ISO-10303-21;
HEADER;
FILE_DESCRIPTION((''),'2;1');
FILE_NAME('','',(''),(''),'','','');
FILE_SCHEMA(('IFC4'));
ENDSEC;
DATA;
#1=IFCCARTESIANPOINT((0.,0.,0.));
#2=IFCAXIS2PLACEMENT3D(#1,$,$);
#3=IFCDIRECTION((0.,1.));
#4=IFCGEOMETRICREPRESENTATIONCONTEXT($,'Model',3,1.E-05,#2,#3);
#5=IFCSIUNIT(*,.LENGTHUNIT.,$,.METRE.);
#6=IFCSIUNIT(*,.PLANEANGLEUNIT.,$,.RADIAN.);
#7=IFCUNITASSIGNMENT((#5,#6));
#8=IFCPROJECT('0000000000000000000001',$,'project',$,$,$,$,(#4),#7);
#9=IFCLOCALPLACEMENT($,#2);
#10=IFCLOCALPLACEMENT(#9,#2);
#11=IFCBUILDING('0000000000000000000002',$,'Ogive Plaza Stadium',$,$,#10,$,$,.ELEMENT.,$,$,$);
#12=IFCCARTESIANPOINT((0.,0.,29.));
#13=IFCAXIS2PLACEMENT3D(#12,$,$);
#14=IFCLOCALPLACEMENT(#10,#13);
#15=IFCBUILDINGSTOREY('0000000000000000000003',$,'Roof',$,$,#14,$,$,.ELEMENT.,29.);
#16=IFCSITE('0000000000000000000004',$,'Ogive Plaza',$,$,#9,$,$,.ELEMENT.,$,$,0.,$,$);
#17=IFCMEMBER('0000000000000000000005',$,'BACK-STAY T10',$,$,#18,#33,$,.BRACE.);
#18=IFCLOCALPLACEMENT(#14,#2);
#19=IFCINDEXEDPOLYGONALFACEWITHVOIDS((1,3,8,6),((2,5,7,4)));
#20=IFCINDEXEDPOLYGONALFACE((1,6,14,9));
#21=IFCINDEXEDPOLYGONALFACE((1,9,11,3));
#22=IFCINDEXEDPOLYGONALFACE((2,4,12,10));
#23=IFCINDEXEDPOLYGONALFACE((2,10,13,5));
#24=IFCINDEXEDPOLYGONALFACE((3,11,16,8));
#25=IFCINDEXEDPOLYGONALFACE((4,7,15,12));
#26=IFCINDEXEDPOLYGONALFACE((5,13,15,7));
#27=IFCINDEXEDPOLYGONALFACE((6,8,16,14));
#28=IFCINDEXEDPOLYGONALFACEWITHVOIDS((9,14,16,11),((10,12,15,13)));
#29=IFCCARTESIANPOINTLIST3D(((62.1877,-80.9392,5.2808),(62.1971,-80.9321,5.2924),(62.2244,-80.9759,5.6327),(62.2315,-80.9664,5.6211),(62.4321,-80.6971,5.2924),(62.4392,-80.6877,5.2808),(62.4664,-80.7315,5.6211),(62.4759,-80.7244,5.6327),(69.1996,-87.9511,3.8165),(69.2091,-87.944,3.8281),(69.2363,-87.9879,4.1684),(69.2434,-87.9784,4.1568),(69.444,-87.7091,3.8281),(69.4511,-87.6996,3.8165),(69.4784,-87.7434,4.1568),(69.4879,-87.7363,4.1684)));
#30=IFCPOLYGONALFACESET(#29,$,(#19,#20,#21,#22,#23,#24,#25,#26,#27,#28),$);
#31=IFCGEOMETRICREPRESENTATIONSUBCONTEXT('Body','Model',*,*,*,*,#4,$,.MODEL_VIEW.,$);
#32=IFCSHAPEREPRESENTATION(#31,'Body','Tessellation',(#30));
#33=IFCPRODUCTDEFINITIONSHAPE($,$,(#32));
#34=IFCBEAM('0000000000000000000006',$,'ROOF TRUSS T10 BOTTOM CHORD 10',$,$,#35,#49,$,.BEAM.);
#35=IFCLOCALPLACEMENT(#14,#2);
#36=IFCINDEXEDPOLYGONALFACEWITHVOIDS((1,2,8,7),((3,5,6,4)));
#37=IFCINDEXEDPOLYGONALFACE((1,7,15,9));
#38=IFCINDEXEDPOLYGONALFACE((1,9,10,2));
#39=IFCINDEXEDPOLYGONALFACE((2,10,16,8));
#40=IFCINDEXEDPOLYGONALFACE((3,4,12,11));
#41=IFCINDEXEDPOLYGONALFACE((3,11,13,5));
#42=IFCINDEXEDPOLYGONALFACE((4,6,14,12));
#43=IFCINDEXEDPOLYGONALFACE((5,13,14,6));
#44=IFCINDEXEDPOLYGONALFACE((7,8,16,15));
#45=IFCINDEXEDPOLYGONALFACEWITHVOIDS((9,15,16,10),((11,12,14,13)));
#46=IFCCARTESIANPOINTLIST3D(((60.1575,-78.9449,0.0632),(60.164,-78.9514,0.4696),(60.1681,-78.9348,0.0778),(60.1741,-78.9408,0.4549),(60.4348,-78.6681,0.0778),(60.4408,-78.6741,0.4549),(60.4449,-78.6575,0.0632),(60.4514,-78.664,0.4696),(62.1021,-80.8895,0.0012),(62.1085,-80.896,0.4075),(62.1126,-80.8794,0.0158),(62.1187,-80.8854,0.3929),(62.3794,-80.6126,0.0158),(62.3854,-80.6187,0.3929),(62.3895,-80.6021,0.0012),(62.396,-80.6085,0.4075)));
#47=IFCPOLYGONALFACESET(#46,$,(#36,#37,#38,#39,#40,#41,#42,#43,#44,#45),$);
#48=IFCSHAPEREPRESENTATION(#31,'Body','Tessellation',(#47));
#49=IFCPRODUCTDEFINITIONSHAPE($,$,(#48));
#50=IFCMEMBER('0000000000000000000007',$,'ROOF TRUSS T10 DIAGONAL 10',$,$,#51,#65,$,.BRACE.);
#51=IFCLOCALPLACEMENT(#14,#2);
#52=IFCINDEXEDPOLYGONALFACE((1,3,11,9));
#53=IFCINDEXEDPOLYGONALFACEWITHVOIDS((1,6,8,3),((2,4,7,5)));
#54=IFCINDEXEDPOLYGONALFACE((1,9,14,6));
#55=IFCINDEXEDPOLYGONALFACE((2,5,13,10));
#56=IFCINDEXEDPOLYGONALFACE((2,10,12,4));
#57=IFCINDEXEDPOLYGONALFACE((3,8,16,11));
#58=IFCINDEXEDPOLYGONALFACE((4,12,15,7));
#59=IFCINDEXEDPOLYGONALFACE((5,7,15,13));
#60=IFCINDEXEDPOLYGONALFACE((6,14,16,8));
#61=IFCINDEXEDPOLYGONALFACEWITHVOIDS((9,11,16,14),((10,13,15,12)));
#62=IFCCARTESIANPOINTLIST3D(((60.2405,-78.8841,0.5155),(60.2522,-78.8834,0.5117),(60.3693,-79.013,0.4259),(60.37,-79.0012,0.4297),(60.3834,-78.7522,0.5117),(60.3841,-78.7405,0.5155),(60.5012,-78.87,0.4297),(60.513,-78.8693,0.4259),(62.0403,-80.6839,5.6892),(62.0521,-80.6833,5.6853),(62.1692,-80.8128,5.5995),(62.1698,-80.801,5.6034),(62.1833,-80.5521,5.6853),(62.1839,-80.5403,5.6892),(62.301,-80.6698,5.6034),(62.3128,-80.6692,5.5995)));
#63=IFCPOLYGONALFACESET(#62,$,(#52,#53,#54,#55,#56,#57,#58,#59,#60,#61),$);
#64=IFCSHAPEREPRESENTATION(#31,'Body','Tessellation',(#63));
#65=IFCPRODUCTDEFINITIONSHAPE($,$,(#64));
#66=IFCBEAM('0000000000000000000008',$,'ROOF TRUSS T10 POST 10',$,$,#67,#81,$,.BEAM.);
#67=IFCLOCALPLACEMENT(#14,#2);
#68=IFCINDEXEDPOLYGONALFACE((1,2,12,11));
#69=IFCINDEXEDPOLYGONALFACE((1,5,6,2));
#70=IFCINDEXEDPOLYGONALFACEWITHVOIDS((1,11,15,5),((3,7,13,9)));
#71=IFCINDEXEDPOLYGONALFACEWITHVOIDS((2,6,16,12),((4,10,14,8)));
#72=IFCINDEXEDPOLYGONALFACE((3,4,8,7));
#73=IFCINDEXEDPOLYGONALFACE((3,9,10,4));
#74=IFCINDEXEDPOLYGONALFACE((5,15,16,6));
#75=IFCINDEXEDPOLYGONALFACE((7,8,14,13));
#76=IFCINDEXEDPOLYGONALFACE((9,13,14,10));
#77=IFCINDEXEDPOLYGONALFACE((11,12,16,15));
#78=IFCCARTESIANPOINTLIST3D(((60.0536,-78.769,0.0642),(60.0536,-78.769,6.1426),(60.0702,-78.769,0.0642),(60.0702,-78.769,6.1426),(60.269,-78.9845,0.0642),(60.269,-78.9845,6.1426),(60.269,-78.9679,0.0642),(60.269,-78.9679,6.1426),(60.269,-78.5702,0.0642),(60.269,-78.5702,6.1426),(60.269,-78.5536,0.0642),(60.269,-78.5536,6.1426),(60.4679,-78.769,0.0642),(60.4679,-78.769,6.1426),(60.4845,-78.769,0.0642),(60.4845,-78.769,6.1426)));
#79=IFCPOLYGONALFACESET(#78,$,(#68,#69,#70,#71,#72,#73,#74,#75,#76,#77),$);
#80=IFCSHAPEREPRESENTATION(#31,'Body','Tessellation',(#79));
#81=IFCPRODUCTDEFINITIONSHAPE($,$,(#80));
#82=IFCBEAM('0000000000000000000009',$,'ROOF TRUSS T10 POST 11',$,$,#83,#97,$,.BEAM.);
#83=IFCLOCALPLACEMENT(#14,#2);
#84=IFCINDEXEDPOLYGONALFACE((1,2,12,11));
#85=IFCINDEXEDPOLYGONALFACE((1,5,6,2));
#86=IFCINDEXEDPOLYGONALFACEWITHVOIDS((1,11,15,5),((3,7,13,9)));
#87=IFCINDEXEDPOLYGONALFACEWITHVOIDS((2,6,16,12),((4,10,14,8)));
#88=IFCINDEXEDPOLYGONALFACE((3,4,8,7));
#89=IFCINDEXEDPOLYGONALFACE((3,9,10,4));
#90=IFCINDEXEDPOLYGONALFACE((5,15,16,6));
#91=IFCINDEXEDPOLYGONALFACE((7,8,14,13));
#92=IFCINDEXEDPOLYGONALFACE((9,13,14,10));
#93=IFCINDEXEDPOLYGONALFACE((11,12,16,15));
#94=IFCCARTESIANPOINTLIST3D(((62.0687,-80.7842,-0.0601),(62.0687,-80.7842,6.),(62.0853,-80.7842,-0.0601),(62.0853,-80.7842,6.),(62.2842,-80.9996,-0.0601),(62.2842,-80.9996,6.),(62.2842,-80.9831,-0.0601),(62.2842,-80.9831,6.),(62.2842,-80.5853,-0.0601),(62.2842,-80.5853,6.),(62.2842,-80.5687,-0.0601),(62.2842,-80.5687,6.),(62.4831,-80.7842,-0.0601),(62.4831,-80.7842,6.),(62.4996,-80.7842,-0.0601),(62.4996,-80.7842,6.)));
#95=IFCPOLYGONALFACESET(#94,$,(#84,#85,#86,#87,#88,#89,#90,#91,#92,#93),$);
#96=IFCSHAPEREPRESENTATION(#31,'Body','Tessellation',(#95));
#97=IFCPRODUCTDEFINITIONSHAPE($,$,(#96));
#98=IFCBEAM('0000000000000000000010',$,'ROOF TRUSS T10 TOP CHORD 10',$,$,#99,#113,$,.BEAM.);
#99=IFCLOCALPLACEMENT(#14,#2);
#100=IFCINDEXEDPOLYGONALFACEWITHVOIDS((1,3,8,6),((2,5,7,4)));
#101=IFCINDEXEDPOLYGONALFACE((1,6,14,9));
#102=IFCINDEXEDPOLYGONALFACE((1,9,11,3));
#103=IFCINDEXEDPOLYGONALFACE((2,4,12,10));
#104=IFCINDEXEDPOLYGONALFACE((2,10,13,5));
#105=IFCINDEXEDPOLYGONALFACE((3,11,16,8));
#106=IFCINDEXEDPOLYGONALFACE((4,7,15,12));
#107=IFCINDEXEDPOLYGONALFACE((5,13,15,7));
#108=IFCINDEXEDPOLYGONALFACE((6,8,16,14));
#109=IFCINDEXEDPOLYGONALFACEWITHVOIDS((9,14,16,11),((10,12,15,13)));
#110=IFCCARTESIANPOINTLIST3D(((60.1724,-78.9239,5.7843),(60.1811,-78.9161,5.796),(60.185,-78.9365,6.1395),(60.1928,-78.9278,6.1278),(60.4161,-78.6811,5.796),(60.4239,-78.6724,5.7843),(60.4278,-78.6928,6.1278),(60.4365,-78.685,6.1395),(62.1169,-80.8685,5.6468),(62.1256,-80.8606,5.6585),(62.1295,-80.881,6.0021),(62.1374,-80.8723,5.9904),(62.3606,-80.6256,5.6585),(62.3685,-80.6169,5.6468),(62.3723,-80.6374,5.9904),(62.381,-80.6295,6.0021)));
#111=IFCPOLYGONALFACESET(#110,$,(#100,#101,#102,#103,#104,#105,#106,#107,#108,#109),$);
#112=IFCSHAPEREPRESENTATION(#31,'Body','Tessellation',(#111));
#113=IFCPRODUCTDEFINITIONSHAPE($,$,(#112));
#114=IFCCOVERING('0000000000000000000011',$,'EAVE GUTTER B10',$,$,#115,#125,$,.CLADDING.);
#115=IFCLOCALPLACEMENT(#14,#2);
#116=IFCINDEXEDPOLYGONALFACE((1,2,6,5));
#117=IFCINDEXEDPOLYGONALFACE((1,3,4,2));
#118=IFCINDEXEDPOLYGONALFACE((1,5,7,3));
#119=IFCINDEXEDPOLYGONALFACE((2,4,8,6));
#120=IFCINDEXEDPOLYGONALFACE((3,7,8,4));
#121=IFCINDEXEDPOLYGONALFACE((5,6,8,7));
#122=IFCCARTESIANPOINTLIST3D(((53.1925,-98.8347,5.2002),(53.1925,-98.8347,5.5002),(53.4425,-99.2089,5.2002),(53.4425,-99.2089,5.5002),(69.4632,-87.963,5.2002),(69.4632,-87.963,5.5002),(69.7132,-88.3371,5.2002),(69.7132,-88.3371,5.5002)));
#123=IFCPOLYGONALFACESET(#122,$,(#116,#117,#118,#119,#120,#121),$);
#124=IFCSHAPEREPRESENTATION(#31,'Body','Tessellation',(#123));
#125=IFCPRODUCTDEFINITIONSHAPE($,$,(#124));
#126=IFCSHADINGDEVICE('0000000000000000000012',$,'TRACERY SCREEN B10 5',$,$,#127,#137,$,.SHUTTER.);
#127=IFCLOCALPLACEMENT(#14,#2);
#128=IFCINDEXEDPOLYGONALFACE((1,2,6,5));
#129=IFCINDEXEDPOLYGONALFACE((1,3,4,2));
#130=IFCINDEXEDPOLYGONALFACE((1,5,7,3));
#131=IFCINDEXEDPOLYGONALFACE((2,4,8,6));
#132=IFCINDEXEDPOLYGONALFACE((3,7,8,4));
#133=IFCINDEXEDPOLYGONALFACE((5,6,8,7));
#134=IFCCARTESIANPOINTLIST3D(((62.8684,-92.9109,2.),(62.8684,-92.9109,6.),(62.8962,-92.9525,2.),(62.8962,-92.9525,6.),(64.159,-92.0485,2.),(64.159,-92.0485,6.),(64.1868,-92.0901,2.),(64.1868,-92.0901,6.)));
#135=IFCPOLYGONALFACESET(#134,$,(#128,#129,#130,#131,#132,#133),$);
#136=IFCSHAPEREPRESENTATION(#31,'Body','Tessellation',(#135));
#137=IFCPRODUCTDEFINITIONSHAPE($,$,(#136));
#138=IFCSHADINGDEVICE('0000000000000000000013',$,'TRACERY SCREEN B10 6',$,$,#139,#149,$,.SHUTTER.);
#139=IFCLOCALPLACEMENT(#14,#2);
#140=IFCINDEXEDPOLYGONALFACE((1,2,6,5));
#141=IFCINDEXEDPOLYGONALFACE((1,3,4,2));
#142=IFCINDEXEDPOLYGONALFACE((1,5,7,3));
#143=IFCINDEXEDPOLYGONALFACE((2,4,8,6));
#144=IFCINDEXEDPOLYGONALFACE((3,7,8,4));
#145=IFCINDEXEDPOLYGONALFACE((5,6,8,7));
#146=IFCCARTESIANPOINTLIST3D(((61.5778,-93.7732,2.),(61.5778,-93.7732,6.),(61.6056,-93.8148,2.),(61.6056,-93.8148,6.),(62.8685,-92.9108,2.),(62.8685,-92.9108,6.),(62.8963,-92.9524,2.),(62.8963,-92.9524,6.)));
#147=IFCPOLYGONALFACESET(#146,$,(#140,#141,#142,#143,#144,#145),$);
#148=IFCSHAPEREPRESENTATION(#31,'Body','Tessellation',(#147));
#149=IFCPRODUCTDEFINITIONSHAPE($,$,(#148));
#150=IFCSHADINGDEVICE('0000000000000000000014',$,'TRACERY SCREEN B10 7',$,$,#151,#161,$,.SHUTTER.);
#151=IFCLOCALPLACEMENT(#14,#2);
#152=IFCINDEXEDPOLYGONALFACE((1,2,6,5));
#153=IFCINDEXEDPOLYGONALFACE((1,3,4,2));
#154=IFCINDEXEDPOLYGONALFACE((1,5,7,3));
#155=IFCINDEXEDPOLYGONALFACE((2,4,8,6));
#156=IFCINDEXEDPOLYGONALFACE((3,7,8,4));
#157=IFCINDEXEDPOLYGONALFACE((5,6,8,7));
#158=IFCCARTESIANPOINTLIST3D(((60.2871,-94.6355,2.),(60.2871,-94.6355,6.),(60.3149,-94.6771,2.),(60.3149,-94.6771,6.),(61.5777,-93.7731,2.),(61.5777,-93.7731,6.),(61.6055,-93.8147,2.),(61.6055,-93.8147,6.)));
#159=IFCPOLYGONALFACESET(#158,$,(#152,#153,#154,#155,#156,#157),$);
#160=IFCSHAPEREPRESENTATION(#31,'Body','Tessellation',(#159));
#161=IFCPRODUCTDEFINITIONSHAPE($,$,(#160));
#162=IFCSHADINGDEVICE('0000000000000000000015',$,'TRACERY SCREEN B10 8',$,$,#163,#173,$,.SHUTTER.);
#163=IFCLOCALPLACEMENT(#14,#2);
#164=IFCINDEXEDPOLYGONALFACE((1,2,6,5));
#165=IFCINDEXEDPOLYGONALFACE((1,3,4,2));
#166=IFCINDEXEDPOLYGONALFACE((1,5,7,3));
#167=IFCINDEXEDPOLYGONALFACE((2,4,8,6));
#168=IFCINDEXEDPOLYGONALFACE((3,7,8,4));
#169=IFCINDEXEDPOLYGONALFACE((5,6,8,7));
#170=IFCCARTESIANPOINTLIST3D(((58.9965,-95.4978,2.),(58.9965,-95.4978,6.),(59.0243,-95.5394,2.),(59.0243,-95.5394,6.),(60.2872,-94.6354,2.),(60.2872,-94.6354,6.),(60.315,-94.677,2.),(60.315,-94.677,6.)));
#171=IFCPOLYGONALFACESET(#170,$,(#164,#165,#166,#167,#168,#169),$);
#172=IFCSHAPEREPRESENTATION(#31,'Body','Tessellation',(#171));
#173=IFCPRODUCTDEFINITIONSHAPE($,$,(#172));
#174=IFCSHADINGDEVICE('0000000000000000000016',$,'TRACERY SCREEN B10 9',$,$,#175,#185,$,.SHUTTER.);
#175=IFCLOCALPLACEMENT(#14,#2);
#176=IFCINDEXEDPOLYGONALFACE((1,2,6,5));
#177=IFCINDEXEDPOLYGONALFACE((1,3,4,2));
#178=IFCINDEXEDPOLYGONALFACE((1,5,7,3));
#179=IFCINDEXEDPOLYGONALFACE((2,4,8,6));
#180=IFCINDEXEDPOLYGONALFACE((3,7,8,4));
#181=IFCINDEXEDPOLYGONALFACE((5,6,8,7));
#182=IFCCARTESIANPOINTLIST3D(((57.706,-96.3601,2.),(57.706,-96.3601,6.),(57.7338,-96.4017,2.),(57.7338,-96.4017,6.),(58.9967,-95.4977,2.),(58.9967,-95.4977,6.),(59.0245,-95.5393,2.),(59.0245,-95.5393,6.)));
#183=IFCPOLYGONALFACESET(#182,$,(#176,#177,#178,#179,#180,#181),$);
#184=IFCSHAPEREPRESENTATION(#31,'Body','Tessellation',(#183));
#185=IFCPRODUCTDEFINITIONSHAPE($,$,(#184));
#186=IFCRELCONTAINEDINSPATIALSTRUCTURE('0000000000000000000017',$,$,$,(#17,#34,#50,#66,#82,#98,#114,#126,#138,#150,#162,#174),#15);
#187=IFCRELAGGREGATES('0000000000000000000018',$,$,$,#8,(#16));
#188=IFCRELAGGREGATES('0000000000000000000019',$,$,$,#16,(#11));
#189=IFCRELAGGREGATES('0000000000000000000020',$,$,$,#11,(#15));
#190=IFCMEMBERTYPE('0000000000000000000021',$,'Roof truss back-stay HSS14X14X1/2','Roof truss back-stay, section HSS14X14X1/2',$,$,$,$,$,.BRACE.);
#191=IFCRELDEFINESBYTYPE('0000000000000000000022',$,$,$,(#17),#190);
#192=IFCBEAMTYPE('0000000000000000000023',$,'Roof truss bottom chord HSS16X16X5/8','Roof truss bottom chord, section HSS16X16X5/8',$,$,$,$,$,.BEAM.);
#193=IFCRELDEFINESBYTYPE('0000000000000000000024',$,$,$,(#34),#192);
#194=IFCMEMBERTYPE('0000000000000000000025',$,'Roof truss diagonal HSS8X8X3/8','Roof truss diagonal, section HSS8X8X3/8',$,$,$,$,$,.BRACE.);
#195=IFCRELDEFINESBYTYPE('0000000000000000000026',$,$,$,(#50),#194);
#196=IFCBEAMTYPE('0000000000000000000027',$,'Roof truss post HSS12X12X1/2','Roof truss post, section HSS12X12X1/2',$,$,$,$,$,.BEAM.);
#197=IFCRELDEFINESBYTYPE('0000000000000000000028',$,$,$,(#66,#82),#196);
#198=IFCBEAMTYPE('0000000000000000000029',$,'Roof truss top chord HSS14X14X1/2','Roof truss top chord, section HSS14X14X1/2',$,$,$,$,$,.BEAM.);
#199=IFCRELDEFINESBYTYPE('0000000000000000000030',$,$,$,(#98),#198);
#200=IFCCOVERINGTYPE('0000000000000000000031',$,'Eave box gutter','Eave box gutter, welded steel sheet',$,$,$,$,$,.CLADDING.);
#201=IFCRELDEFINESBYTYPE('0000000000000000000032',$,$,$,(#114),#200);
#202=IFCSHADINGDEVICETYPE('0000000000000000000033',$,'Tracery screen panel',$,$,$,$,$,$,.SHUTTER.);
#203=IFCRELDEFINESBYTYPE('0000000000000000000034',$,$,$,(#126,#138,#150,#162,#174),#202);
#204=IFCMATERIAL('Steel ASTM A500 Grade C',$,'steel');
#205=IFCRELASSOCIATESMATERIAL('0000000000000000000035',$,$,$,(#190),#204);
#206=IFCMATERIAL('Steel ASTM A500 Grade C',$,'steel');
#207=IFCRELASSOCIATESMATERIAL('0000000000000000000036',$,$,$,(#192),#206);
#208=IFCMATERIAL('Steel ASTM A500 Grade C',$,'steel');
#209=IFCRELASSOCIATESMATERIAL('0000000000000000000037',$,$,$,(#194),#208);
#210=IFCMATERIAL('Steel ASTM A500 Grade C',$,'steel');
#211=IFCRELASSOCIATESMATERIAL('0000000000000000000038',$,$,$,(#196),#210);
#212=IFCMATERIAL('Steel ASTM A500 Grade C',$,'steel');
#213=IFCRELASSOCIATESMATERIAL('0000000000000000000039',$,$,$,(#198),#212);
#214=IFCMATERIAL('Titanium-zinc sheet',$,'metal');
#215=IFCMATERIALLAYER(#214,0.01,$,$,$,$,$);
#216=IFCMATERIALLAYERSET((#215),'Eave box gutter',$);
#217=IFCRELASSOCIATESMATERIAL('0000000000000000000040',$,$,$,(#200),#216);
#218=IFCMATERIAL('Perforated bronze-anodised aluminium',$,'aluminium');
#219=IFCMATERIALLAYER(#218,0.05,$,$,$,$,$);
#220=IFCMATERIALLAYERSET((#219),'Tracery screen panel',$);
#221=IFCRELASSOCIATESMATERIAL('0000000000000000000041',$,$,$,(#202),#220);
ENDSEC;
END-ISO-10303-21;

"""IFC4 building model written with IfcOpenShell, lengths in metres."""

from ifc_helpers import new_model, si_unit, direction, frame, origin, origin_2d, place, context, subcontext, project, spatial, rectangle, hollow_rectangle, extrude, material, layer, layer_set, material_profile, profile_set, type_object, element, save


model = new_model("IFC4")

# Units and contexts
model_context = context("Model", 3, precision=1e-05, world=origin(), true_north=direction((0.0, 1.0)))
body_context = subcontext(model_context, "Body", "Model", "MODEL_VIEW")
ifc_project = project(units=[si_unit("LENGTHUNIT", "METRE"), si_unit("PLANEANGLEUNIT", "RADIAN")], contexts=[model_context])

# Site, building, storey
site_placement = place(None, origin())
site = spatial("IfcSite", under=ifc_project, at=site_placement, Name="Ogive Plaza", CompositionType="ELEMENT", RefElevation=0.0)
building_placement = place(site_placement, origin())
building = spatial("IfcBuilding", under=site, at=building_placement, Name="Ogive Plaza Stadium", CompositionType="ELEMENT")
storey_placement = place(building_placement, frame((0.0, 0.0, 29.0)))
storey = spatial("IfcBuildingStorey", under=building, at=storey_placement, Name="Roof", CompositionType="ELEMENT", Elevation=29.0)

# Member
ifc_material_1 = material(Name="Steel ASTM A500 Grade C", Category="steel")
ifc_material_profile_1 = material_profile(ifc_material_1, hollow_rectangle(XDim=0.3557, YDim=0.3557, WallThickness=0.0117, at=origin_2d()), Name="HSS14X14X1/2")
ifc_profile_set_1 = profile_set([ifc_material_profile_1], Name="Steel ASTM A500 Grade C")
member_type_1 = type_object("IfcMemberType", Name="Roof truss back-stay HSS14X14X1/2", Description="Roof truss back-stay, section HSS14X14X1/2", PredefinedType="BRACE", material=ifc_profile_set_1)
member_1_placement = place(storey_placement, frame((62.3318, -80.8318, 5.4568), z_axis=(0.699521, -0.699521, -0.146086), x_axis=(0.707107, 0.707107, 0.0)))
element("IfcMember", 1, at=member_1_placement, inside=storey, type_object=member_type_1, Name="BACK-STAY T10", PredefinedType="BRACE", context=body_context, shape_type="SweptSolid", body=[
    extrude(hollow_rectangle(XDim=0.3557, YDim=0.3557, WallThickness=0.0117, at=origin_2d()), origin(), (0.0, 0.0, 1.0), 10.0239),
])

# Beam
ifc_material_2 = material(Name="Steel ASTM A500 Grade C", Category="steel")
ifc_material_profile_2 = material_profile(ifc_material_2, hollow_rectangle(XDim=0.4065, YDim=0.4065, WallThickness=0.0146, at=origin_2d()), Name="HSS16X16X5/8")
ifc_profile_set_2 = profile_set([ifc_material_profile_2], Name="Steel ASTM A500 Grade C")
beam_type_1 = type_object("IfcBeamType", Name="Roof truss bottom chord HSS16X16X5/8", Description="Roof truss bottom chord, section HSS16X16X5/8", PredefinedType="BEAM", material=ifc_profile_set_2)
beam_1_placement = place(storey_placement, frame((60.3044, -78.8044, 0.2664), z_axis=(0.706927, -0.706927, -0.022544), x_axis=(0.707107, 0.707107, 0.0)))
element("IfcBeam", 2, at=beam_1_placement, inside=storey, type_object=beam_type_1, Name="ROOF TRUSS T10 BOTTOM CHORD 10", PredefinedType="BEAM", context=body_context, shape_type="SweptSolid", body=[
    extrude(hollow_rectangle(XDim=0.4065, YDim=0.4065, WallThickness=0.0146, at=origin_2d()), origin(), (0.0, 0.0, 1.0), 2.7507),
])

# Member
ifc_material_3 = material(Name="Steel ASTM A500 Grade C", Category="steel")
ifc_material_profile_3 = material_profile(ifc_material_3, hollow_rectangle(XDim=0.2031, YDim=0.2031, WallThickness=0.0088, at=origin_2d()), Name="HSS8X8X3/8")
ifc_profile_set_3 = profile_set([ifc_material_profile_3], Name="Steel ASTM A500 Grade C")
member_type_2 = type_object("IfcMemberType", Name="Roof truss diagonal HSS8X8X3/8", Description="Roof truss diagonal, section HSS8X8X3/8", PredefinedType="BRACE", material=ifc_profile_set_3)
member_2_placement = place(storey_placement, frame((60.3767, -78.8767, 0.4707), z_axis=(0.312151, -0.312151, 0.897287), x_axis=(0.707107, 0.707107, 0.0)))
element("IfcMember", 3, at=member_2_placement, inside=storey, type_object=member_type_2, Name="ROOF TRUSS T10 DIAGONAL 10", PredefinedType="BRACE", context=body_context, shape_type="SweptSolid", body=[
    extrude(hollow_rectangle(XDim=0.2031, YDim=0.2031, WallThickness=0.0088, at=origin_2d()), origin(), (0.0, 0.0, 1.0), 5.7659),
])

# Beams
ifc_material_4 = material(Name="Steel ASTM A500 Grade C", Category="steel")
ifc_material_profile_4 = material_profile(ifc_material_4, hollow_rectangle(XDim=0.3047, YDim=0.3047, WallThickness=0.0117, at=origin_2d()), Name="HSS12X12X1/2")
ifc_profile_set_4 = profile_set([ifc_material_profile_4], Name="Steel ASTM A500 Grade C")
beam_type_2 = type_object("IfcBeamType", Name="Roof truss post HSS12X12X1/2", Description="Roof truss post, section HSS12X12X1/2", PredefinedType="BEAM", material=ifc_profile_set_4)
beam_2_placement = place(storey_placement, frame((60.269, -78.769, 0.0642), z_axis=(0.0, 0.0, 1.0), x_axis=(0.707107, 0.707107, 0.0)))
element("IfcBeam", 4, at=beam_2_placement, inside=storey, type_object=beam_type_2, Name="ROOF TRUSS T10 POST 10", PredefinedType="BEAM", context=body_context, shape_type="SweptSolid", body=[
    extrude(hollow_rectangle(XDim=0.3047, YDim=0.3047, WallThickness=0.0117, at=origin_2d()), origin(), (0.0, 0.0, 1.0), 6.0784),
])
beam_3_placement = place(storey_placement, frame((62.2842, -80.7842, -0.0601), z_axis=(0.0, 0.0, 1.0), x_axis=(0.707107, 0.707107, 0.0)))
element("IfcBeam", 5, at=beam_3_placement, inside=storey, type_object=beam_type_2, Name="ROOF TRUSS T10 POST 11", PredefinedType="BEAM", context=body_context, shape_type="SweptSolid", body=[
    extrude(hollow_rectangle(XDim=0.3047, YDim=0.3047, WallThickness=0.0117, at=origin_2d()), origin(), (0.0, 0.0, 1.0), 6.0601),
])
ifc_material_5 = material(Name="Steel ASTM A500 Grade C", Category="steel")
ifc_material_profile_5 = material_profile(ifc_material_5, hollow_rectangle(XDim=0.3557, YDim=0.3557, WallThickness=0.0117, at=origin_2d()), Name="HSS14X14X1/2")
ifc_profile_set_5 = profile_set([ifc_material_profile_5], Name="Steel ASTM A500 Grade C")
beam_type_3 = type_object("IfcBeamType", Name="Roof truss top chord HSS14X14X1/2", Description="Roof truss top chord, section HSS14X14X1/2", PredefinedType="BEAM", material=ifc_profile_set_5)
beam_4_placement = place(storey_placement, frame((60.3044, -78.8044, 5.9619), z_axis=(0.706225, -0.706225, -0.049919), x_axis=(0.707107, 0.707107, 0.0)))
element("IfcBeam", 6, at=beam_4_placement, inside=storey, type_object=beam_type_3, Name="ROOF TRUSS T10 TOP CHORD 10", PredefinedType="BEAM", context=body_context, shape_type="SweptSolid", body=[
    extrude(hollow_rectangle(XDim=0.3557, YDim=0.3557, WallThickness=0.0117, at=origin_2d()), origin(), (0.0, 0.0, 1.0), 2.7534),
])

# Covering
ifc_material_6 = material(Name="Titanium-zinc sheet", Category="metal")
ifc_layer_1 = layer(ifc_material_6, 0.01)
ifc_layer_set_1 = layer_set([ifc_layer_1], Name="Eave box gutter")
covering_type = type_object("IfcCoveringType", Name="Eave box gutter", Description="Eave box gutter, welded steel sheet", PredefinedType="CLADDING", material=ifc_layer_set_1)
covering_placement = place(storey_placement, frame((61.4529, -93.5859, 5.2002), z_axis=(0.0, 0.0, 1.0), x_axis=(-0.83147, -0.55557, 0.0)))
element("IfcCovering", 7, at=covering_placement, inside=storey, type_object=covering_type, Name="EAVE GUTTER B10", PredefinedType="CLADDING", context=body_context, shape_type="SweptSolid", body=[
    extrude(rectangle(XDim=19.5686, YDim=0.45, at=origin_2d()), origin(), (0.0, 0.0, 1.0), 0.3),
])

# Shading devices
ifc_material_7 = material(Name="Perforated bronze-anodised aluminium", Category="aluminium")
ifc_layer_2 = layer(ifc_material_7, 0.05)
ifc_layer_set_2 = layer_set([ifc_layer_2], Name="Tracery screen panel")
shading_device_type = type_object("IfcShadingDeviceType", Name="Tracery screen panel", PredefinedType="SHUTTER", material=ifc_layer_set_2)
for number, where, z_axis, x_axis, name in (
    (8, (63.5276, -92.5005, 2.0), (0.0, 0.0, 1.0), (-0.83147, -0.55557, 0.0), "TRACERY SCREEN B10 5"),
    (9, (62.2371, -93.3628, 2.0), (0.0, 0.0, 1.0), (-0.83147, -0.55557, 0.0), "TRACERY SCREEN B10 6"),
    (10, (60.9463, -94.2251, 2.0), (0.0, 0.0, 1.0), (-0.83147, -0.55557, 0.0), "TRACERY SCREEN B10 7"),
    (11, (59.6558, -95.0874, 2.0), (0.0, 0.0, 1.0), (-0.83147, -0.55557, 0.0), "TRACERY SCREEN B10 8"),
    (12, (58.3652, -95.9497, 2.0), (0.0, 0.0, 1.0), (-0.83147, -0.55557, 0.0), "TRACERY SCREEN B10 9"),
):
    element("IfcShadingDevice", number, at=place(storey_placement, frame(where, z_axis=z_axis, x_axis=x_axis)), inside=storey, type_object=shading_device_type, Name=name, PredefinedType="SHUTTER", context=body_context, shape_type="SweptSolid", body=[
        extrude(rectangle(XDim=1.5522, YDim=0.05, at=origin_2d()), origin(), (0.0, 0.0, 1.0), 4.0),
    ])

save(model, "model.ifc")
